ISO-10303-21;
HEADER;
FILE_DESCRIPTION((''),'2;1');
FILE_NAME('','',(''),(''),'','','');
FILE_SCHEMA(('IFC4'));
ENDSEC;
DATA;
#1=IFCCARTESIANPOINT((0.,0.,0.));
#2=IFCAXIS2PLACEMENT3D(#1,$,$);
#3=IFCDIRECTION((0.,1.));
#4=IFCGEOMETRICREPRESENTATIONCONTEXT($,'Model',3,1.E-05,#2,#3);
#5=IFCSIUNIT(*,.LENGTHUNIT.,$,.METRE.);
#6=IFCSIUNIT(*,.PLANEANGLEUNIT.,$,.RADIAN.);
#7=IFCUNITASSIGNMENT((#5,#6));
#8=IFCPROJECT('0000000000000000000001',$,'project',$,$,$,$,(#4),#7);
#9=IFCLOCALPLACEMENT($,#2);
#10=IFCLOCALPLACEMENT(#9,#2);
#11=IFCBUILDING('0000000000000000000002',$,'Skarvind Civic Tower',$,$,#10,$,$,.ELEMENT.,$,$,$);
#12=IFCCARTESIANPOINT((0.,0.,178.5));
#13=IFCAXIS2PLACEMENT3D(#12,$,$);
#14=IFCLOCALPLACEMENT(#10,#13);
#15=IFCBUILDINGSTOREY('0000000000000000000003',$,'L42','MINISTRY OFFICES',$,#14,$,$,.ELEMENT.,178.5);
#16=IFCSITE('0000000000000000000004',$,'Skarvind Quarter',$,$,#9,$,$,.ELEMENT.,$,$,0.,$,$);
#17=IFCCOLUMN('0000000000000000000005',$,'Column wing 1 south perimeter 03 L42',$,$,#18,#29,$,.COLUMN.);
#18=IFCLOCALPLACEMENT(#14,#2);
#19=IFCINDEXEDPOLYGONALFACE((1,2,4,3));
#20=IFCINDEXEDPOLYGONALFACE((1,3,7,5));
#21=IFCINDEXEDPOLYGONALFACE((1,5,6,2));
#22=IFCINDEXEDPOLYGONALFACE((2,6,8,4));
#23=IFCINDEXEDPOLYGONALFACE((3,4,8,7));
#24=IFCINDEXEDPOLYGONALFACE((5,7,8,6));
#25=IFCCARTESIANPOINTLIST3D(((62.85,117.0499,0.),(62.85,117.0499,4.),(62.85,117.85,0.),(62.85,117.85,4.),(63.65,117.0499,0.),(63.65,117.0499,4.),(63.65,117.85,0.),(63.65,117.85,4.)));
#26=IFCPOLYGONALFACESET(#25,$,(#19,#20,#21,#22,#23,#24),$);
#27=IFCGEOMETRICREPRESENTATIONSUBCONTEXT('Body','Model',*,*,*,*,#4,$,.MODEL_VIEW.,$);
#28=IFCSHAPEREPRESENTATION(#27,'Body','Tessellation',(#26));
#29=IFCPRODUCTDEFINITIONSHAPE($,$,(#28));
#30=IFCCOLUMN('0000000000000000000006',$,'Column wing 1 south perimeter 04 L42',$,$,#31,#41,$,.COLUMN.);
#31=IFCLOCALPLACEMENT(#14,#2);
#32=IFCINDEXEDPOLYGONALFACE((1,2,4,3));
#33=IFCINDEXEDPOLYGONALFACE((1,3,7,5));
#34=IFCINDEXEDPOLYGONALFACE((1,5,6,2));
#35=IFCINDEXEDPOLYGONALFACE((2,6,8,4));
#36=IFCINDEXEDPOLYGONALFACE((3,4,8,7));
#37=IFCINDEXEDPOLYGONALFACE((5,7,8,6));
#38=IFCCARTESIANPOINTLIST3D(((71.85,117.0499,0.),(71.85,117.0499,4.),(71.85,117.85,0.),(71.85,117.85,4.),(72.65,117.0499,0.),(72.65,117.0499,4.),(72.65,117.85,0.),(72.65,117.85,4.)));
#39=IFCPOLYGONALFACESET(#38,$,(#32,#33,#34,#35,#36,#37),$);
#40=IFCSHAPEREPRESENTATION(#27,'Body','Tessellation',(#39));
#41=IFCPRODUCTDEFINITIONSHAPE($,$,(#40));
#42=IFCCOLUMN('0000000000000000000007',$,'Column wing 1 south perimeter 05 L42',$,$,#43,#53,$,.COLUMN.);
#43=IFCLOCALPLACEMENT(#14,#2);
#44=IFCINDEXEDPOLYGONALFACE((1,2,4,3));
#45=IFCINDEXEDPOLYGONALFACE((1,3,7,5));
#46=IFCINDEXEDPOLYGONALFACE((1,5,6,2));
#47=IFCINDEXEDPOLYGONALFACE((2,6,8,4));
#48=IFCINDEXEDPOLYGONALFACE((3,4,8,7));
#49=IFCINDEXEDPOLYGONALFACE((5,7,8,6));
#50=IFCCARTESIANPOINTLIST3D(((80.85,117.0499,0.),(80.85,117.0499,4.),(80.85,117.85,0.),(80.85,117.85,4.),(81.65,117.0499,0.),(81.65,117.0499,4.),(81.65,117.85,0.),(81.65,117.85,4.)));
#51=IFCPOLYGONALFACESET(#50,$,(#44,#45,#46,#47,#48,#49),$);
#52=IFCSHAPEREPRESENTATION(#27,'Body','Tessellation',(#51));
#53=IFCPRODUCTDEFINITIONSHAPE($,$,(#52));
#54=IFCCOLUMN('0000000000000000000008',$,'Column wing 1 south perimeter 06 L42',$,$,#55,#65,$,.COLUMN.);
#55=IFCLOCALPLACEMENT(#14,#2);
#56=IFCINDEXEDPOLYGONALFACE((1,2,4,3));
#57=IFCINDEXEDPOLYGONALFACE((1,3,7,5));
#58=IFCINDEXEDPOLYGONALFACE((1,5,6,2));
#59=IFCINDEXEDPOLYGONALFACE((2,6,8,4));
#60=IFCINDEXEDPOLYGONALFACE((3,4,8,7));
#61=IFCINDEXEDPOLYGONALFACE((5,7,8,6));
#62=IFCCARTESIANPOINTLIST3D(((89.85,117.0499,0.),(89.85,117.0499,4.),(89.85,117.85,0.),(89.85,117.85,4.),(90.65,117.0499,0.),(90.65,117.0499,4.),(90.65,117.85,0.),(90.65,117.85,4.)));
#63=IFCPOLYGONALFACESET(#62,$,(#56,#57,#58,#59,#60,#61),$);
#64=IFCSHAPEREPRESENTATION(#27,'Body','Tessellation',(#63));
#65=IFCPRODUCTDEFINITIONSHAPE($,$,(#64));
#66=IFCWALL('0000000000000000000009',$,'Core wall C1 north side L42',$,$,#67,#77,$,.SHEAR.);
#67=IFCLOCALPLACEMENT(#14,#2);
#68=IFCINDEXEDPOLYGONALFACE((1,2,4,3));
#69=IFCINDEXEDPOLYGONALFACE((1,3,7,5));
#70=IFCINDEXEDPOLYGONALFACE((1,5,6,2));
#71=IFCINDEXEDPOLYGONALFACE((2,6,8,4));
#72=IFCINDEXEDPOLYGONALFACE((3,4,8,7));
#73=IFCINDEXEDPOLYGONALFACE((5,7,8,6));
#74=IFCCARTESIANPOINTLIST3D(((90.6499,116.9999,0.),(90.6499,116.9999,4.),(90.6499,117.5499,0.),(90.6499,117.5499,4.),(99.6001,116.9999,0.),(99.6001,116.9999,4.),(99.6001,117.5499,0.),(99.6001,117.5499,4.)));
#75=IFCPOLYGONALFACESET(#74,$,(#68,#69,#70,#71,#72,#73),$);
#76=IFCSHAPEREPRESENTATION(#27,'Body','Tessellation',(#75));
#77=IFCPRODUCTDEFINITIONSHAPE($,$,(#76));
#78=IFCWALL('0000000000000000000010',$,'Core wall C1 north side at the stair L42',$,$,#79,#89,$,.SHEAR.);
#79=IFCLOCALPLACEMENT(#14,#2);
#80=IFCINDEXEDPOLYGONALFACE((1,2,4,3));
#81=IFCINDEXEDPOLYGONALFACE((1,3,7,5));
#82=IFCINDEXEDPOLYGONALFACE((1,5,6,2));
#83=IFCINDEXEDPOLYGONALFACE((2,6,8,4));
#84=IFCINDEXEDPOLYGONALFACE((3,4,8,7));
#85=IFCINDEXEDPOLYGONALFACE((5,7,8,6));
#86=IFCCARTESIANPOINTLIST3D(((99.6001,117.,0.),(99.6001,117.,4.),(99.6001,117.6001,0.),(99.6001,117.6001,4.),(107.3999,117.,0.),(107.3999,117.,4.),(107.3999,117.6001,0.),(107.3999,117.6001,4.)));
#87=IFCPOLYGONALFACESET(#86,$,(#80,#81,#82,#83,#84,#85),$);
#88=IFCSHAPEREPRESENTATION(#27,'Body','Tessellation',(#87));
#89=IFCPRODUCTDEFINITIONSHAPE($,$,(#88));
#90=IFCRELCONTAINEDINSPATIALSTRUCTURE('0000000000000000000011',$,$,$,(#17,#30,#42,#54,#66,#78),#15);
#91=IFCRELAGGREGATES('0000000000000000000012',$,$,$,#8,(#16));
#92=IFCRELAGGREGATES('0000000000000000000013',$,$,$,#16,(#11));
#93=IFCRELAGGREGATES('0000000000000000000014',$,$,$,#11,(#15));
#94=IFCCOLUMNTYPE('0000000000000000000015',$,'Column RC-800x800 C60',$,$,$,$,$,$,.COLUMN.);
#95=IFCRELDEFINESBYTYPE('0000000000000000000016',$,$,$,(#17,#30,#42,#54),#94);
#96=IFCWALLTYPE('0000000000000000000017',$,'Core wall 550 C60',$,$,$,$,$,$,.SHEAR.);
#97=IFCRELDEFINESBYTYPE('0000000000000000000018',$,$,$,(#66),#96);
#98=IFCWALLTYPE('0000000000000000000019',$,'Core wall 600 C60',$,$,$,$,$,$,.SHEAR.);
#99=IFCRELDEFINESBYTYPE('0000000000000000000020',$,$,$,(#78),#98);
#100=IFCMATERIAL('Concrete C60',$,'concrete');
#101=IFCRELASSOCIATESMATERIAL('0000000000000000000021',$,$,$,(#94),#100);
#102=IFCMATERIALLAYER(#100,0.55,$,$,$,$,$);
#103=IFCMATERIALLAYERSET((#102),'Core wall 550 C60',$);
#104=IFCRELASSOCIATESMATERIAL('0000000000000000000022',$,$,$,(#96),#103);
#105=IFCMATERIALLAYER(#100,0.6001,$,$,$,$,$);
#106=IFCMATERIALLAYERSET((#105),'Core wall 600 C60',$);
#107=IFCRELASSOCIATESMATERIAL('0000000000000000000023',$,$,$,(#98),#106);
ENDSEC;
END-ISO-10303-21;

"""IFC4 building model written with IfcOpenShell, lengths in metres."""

from ifc_helpers import new_model, si_unit, direction, frame, frame_2d, origin, origin_2d, place, context, subcontext, project, spatial, rectangle, extrude, material, layer, layer_set, material_profile, profile_set, type_object, element, save


model = new_model("IFC4")

# Units and contexts
model_context = context("Model", 3, precision=1e-05, world=origin(), true_north=direction((0.0, 1.0)))
body_context = subcontext(model_context, "Body", "Model", "MODEL_VIEW")
ifc_project = project(units=[si_unit("LENGTHUNIT", "METRE"), si_unit("PLANEANGLEUNIT", "RADIAN")], contexts=[model_context])

# Site, building, storey
site_placement = place(None, origin())
site = spatial("IfcSite", under=ifc_project, at=site_placement, Name="Skarvind Quarter", CompositionType="ELEMENT", RefElevation=0.0)
building_placement = place(site_placement, origin())
building = spatial("IfcBuilding", under=site, at=building_placement, Name="Skarvind Civic Tower", CompositionType="ELEMENT")
storey_placement = place(building_placement, frame((0.0, 0.0, 178.5)))
storey = spatial("IfcBuildingStorey", under=building, at=storey_placement, Name="L42", Description="MINISTRY OFFICES", CompositionType="ELEMENT", Elevation=178.5)

# Columns
ifc_material_1 = material(Name="Concrete C60", Category="concrete")
ifc_material_profile_1 = material_profile(ifc_material_1, rectangle(XDim=0.8, YDim=0.8, at=origin_2d()), Name="RC-800x800")
ifc_profile_set_1 = profile_set([ifc_material_profile_1], Name="Concrete C60")
column_type = type_object("IfcColumnType", Name="Column RC-800x800 C60", PredefinedType="COLUMN", material=ifc_profile_set_1)
for number, where, z_axis, x_axis, name in (
    (1, (63.25, 117.45, 0.0), (0.0, 0.0, 1.0), (1.0, 0.0, 0.0), "Column wing 1 south perimeter 03 L42"),
    (2, (72.25, 117.45, 0.0), (0.0, 0.0, 1.0), (1.0, 0.0, 0.0), "Column wing 1 south perimeter 04 L42"),
    (3, (81.25, 117.45, 0.0), (0.0, 0.0, 1.0), (1.0, 0.0, 0.0), "Column wing 1 south perimeter 05 L42"),
    (4, (90.25, 117.45, 0.0), (0.0, 0.0, 1.0), (1.0, 0.0, 0.0), "Column wing 1 south perimeter 06 L42"),
):
    element("IfcColumn", number, at=place(storey_placement, frame(where, z_axis=z_axis, x_axis=x_axis)), inside=storey, type_object=column_type, Name=name, PredefinedType="COLUMN", context=body_context, shape_type="SweptSolid", body=[
        extrude(rectangle(XDim=0.8, YDim=0.8, at=origin_2d()), origin(), (0.0, 0.0, 1.0), 4.0),
    ])

# Walls
ifc_layer_1 = layer(ifc_material_1, 0.55)
ifc_layer_set_1 = layer_set([ifc_layer_1], Name="Core wall 550 C60")
wall_type_1 = type_object("IfcWallType", Name="Core wall 550 C60", PredefinedType="SHEAR", material=ifc_layer_set_1)
wall_1_placement = place(storey_placement, frame((99.6001, 117.2749, 0.0), z_axis=(0.0, 0.0, 1.0), x_axis=(-1.0, 0.0, 0.0)))
element("IfcWall", 5, at=wall_1_placement, inside=storey, type_object=wall_type_1, Name="Core wall C1 north side L42", PredefinedType="SHEAR", context=body_context, shape_type="SweptSolid", body=[
    extrude(rectangle(XDim=8.9502, YDim=0.55, at=frame_2d((4.4751, 0.0))), origin(), (0.0, 0.0, 1.0), 4.0),
])
ifc_layer_2 = layer(ifc_material_1, 0.6001)
ifc_layer_set_2 = layer_set([ifc_layer_2], Name="Core wall 600 C60")
wall_type_2 = type_object("IfcWallType", Name="Core wall 600 C60", PredefinedType="SHEAR", material=ifc_layer_set_2)
wall_2_placement = place(storey_placement, frame((107.3999, 117.3, 0.0), z_axis=(0.0, 0.0, 1.0), x_axis=(-1.0, 0.0, 0.0)))
element("IfcWall", 6, at=wall_2_placement, inside=storey, type_object=wall_type_2, Name="Core wall C1 north side at the stair L42", PredefinedType="SHEAR", context=body_context, shape_type="SweptSolid", body=[
    extrude(rectangle(XDim=7.7998, YDim=0.6001, at=frame_2d((3.8999, 0.0))), origin(), (0.0, 0.0, 1.0), 4.0),
])

save(model, "model.ifc")
